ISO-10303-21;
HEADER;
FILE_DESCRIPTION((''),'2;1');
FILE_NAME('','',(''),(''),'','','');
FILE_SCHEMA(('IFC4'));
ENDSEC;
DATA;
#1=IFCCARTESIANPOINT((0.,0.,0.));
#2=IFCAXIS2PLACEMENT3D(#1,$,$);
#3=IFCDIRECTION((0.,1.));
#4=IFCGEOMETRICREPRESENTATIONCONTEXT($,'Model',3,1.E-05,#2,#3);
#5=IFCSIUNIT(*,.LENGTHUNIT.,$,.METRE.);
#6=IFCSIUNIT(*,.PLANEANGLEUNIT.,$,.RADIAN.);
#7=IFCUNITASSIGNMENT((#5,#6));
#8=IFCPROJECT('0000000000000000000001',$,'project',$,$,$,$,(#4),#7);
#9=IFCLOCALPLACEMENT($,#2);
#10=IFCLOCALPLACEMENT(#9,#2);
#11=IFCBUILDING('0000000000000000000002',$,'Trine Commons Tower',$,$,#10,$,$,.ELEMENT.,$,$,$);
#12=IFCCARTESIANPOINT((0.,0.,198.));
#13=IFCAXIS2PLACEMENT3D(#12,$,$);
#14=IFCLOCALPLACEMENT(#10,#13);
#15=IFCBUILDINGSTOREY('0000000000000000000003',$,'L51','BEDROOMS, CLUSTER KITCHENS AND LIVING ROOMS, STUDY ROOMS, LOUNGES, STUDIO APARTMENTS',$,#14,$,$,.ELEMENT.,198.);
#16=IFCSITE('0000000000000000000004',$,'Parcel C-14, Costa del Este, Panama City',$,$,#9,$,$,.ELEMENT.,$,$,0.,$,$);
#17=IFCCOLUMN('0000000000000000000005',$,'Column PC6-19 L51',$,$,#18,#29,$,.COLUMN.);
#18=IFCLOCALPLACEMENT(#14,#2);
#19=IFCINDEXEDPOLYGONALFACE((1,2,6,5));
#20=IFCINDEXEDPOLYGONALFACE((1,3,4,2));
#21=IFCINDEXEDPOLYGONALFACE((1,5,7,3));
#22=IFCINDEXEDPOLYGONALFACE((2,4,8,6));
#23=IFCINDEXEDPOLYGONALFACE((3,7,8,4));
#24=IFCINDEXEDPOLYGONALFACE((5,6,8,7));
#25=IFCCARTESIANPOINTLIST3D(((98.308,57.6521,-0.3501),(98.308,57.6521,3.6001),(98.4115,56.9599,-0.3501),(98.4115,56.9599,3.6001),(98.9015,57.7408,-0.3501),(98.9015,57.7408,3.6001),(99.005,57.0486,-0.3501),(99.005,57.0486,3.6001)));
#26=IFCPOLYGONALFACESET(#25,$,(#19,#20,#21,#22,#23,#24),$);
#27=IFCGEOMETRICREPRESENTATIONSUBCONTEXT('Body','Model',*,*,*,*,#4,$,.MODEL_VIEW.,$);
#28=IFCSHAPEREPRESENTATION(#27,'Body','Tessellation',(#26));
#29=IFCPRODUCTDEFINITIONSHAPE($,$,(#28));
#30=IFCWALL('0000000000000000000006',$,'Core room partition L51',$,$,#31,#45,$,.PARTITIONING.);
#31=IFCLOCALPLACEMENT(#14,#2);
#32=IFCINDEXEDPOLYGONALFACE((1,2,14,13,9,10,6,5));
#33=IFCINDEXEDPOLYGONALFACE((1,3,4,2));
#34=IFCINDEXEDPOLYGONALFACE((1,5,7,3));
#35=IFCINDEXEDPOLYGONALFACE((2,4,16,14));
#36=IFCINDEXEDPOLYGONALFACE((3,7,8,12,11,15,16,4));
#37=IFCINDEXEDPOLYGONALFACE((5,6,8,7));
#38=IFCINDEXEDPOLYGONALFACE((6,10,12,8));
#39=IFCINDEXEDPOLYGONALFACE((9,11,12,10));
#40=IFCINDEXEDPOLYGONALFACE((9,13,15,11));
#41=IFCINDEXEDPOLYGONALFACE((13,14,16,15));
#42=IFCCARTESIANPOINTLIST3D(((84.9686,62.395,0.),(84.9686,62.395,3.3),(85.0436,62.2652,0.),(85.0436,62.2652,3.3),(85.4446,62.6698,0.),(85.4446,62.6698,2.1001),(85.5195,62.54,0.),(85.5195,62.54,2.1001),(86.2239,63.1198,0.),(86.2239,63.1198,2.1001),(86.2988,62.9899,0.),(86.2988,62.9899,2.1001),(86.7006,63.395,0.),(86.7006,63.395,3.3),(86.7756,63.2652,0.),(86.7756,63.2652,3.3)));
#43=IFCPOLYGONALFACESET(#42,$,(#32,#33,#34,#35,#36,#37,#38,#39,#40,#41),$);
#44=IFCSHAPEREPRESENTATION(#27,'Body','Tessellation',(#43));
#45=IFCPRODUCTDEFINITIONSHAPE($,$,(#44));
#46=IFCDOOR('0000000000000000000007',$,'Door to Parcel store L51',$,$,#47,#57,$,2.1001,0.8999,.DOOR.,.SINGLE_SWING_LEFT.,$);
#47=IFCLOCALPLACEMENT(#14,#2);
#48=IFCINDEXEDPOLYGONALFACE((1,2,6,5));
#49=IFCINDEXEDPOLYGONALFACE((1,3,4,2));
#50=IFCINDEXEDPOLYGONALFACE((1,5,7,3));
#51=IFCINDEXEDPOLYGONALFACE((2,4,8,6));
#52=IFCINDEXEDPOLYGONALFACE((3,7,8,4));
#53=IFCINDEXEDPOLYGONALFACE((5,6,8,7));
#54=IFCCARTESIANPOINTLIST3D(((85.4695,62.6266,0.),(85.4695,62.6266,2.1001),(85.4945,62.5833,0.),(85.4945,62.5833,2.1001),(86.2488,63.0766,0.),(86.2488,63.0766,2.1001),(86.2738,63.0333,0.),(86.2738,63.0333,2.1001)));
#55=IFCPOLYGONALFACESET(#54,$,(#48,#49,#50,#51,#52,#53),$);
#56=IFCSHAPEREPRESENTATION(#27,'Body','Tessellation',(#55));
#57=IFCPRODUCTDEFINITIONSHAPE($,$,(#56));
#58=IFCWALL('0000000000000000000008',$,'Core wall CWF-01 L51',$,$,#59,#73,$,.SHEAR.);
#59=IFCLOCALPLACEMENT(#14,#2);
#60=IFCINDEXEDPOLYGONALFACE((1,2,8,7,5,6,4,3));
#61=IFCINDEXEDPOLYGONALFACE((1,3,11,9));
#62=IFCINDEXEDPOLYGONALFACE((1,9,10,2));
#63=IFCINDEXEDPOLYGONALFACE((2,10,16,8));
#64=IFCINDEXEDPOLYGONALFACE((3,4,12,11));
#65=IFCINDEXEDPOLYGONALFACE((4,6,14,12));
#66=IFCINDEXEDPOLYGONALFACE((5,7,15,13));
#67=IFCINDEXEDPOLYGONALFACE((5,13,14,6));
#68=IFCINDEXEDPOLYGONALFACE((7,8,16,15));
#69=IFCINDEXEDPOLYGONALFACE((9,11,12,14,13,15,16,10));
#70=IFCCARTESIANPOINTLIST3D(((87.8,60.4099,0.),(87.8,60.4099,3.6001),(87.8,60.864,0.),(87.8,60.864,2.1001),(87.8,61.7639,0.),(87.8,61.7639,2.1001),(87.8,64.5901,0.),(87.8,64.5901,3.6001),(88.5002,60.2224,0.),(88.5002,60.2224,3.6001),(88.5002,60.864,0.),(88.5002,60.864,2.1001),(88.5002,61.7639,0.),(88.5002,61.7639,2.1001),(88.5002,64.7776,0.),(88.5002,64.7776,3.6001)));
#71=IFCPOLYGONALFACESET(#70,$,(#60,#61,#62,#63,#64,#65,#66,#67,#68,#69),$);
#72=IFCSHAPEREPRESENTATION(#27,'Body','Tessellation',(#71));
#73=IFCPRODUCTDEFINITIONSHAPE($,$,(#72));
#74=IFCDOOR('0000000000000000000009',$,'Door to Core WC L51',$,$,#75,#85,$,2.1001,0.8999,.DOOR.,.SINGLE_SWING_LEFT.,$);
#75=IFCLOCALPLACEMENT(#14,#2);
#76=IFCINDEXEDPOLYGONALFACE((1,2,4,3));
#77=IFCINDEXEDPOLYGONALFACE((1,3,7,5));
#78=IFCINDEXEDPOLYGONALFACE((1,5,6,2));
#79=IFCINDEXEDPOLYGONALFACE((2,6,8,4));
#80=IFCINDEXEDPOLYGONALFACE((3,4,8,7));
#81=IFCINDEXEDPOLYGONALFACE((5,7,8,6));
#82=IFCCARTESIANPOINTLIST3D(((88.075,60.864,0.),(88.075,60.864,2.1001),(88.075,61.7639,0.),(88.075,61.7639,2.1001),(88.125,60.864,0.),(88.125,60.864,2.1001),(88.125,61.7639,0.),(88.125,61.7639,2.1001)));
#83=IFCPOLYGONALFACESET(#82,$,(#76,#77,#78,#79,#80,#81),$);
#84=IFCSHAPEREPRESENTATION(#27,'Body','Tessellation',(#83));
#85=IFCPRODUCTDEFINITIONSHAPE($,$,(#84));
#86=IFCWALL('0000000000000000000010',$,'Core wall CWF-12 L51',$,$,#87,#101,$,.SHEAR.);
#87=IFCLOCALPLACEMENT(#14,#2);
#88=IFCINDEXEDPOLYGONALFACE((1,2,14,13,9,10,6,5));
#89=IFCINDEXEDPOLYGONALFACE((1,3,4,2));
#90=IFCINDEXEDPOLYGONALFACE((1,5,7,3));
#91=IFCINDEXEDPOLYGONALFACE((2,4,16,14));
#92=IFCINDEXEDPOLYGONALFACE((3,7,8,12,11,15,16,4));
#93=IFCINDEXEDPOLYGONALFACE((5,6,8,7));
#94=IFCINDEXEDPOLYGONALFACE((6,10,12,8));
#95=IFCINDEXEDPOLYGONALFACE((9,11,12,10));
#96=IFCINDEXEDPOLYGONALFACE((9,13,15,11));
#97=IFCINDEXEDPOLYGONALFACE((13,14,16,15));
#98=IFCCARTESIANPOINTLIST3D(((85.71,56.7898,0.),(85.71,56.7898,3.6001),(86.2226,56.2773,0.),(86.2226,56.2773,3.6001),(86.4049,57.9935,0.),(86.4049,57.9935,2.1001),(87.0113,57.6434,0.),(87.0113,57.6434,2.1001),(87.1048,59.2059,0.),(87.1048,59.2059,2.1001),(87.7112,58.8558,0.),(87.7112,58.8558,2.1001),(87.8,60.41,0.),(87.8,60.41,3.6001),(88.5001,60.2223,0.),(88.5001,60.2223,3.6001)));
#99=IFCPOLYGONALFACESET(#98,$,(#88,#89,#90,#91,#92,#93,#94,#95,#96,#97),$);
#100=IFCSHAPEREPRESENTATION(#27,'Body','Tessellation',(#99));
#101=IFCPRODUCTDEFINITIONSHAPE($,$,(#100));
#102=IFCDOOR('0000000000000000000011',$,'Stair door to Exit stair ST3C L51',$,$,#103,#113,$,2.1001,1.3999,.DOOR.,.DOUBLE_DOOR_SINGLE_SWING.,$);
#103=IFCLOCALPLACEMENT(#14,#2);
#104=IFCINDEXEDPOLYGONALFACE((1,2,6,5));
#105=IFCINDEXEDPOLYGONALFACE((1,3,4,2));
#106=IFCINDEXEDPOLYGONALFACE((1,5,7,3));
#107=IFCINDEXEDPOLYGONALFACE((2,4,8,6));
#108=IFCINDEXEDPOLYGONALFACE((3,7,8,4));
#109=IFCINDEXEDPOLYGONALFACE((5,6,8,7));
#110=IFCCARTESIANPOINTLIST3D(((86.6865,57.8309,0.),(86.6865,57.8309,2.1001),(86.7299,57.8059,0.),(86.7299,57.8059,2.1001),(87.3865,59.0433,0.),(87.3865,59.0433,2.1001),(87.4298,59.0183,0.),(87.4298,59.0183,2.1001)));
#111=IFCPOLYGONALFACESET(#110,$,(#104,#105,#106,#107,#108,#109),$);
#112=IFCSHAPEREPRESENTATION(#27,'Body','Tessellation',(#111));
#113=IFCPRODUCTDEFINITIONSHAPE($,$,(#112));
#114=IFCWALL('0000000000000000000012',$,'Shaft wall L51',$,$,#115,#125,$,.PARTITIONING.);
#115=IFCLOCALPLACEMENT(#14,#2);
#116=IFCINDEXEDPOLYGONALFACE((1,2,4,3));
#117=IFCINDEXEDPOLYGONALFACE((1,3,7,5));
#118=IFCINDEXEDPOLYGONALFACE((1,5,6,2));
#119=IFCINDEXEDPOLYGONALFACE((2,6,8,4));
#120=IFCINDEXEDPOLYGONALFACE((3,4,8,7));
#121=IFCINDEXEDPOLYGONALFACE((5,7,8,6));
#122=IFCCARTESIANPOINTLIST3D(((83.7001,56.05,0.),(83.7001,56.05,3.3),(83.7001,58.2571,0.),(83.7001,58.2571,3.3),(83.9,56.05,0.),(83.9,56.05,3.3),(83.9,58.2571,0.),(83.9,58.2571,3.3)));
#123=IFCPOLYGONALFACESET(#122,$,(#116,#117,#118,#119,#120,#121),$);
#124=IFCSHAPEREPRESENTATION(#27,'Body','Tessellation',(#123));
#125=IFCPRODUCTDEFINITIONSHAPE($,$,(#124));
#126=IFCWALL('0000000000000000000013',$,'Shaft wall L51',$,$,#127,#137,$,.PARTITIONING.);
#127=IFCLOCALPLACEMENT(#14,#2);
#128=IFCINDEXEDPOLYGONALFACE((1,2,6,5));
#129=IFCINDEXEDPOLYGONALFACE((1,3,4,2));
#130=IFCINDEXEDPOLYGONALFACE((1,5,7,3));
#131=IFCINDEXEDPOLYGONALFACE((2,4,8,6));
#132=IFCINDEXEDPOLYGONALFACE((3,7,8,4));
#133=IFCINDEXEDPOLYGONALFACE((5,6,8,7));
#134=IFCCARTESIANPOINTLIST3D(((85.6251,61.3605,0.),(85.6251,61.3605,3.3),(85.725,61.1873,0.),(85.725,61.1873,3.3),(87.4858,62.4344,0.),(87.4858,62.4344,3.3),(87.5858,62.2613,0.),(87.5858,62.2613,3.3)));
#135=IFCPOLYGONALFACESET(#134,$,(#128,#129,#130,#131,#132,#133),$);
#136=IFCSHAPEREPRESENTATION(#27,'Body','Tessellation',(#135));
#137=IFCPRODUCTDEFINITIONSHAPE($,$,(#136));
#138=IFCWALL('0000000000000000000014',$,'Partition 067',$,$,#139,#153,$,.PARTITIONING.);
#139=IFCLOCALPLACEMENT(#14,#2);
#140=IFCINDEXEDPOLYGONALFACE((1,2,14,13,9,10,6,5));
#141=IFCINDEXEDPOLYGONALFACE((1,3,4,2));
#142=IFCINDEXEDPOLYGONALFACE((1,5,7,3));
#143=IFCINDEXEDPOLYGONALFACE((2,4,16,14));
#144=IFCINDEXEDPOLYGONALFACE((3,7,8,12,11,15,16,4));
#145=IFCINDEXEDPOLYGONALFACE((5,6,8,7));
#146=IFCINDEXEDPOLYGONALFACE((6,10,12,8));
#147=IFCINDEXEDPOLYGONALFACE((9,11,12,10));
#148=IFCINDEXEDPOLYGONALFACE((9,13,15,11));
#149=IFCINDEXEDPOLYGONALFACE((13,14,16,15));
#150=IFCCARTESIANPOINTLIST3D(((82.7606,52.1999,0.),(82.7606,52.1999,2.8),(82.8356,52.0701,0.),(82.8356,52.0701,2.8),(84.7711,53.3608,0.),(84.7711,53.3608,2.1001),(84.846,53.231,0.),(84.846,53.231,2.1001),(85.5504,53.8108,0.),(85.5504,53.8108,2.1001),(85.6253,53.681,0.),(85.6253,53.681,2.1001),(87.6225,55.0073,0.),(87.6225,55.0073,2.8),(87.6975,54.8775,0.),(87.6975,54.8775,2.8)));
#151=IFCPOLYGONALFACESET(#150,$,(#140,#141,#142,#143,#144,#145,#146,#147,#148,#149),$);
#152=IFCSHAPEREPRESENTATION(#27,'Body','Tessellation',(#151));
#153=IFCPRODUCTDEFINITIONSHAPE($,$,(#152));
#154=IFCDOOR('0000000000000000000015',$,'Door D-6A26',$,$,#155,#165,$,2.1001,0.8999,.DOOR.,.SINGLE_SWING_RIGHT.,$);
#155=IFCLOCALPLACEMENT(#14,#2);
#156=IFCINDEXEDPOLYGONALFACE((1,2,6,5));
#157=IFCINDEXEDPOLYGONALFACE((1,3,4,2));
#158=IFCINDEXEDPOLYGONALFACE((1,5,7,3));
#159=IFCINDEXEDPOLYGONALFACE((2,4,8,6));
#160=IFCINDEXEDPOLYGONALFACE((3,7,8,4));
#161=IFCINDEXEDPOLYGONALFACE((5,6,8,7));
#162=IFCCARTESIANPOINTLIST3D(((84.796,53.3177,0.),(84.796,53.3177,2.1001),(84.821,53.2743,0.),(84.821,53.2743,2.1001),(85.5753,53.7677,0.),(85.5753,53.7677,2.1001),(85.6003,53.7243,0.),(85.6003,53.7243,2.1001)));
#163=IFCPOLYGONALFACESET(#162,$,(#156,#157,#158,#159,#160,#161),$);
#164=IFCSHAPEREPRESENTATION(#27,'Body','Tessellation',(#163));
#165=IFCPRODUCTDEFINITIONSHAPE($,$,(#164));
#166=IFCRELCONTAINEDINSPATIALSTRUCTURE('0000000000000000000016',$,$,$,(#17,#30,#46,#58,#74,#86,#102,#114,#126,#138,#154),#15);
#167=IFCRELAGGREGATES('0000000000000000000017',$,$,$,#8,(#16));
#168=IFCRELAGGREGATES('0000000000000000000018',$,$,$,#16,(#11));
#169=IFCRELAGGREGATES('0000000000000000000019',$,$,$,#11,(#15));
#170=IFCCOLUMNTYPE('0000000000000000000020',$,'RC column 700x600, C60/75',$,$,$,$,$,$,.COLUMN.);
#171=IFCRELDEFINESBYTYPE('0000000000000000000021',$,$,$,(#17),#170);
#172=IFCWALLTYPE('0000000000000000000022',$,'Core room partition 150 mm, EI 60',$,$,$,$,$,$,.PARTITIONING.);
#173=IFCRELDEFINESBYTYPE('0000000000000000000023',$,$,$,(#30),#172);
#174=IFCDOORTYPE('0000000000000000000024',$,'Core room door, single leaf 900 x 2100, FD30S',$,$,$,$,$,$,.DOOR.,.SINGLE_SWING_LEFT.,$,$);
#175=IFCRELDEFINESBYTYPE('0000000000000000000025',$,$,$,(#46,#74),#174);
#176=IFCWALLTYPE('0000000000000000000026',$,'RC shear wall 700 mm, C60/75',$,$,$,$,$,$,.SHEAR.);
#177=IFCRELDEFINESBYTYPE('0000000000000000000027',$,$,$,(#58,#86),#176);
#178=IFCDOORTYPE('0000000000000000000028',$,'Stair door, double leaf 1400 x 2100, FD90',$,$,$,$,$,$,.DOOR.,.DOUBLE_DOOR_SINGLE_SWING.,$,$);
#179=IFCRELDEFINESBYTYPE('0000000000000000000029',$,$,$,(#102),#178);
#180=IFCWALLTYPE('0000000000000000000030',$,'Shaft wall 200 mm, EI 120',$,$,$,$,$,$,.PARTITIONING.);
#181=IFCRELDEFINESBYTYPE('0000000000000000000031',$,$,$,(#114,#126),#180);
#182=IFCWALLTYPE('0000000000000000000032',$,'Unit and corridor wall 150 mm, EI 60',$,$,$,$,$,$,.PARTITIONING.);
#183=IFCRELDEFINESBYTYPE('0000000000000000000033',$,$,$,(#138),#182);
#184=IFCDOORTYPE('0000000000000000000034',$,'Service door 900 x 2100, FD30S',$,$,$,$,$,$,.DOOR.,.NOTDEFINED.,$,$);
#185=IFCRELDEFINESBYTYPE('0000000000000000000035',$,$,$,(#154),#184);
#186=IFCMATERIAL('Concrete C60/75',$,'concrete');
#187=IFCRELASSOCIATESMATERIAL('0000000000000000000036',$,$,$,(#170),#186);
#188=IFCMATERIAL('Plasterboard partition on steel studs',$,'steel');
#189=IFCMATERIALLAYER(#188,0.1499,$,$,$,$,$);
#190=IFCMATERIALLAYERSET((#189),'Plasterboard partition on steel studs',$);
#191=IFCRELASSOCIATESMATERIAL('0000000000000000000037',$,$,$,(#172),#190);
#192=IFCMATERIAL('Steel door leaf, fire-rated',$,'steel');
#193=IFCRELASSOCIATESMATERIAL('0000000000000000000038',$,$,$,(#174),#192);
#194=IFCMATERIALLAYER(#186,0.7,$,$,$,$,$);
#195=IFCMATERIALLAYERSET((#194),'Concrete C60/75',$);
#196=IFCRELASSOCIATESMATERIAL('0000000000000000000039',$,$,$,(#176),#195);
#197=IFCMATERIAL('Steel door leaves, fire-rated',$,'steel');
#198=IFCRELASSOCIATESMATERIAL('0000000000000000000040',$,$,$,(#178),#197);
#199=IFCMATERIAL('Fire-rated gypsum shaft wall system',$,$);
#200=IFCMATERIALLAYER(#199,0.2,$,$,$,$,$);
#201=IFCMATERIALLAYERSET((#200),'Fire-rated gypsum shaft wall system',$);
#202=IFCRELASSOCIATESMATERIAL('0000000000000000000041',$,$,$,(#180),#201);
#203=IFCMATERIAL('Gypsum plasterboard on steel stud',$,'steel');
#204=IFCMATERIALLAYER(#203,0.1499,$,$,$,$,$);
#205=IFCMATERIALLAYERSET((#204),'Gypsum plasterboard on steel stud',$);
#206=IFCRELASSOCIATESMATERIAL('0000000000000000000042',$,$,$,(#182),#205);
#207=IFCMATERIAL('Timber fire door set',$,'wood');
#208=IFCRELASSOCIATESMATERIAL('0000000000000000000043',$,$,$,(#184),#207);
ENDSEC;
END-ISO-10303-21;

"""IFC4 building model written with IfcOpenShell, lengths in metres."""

from ifc_helpers import new_model, si_unit, direction, frame, frame_2d, origin, origin_2d, place, context, subcontext, project, spatial, polyline, rectangle, outline, extrude, material, layer, layer_set, material_profile, profile_set, type_object, element, fill, save


model = new_model("IFC4")

# Units and contexts
model_context = context("Model", 3, precision=1e-05, world=origin(), true_north=direction((0.0, 1.0)))
body_context = subcontext(model_context, "Body", "Model", "MODEL_VIEW")
ifc_project = project(units=[si_unit("LENGTHUNIT", "METRE"), si_unit("PLANEANGLEUNIT", "RADIAN")], contexts=[model_context])

# Site, building, storey
site_placement = place(None, origin())
site = spatial("IfcSite", under=ifc_project, at=site_placement, Name="Parcel C-14, Costa del Este, Panama City", CompositionType="ELEMENT", RefElevation=0.0)
building_placement = place(site_placement, origin())
building = spatial("IfcBuilding", under=site, at=building_placement, Name="Trine Commons Tower", CompositionType="ELEMENT")
storey_placement = place(building_placement, frame((0.0, 0.0, 198.0)))
storey = spatial("IfcBuildingStorey", under=building, at=storey_placement, Name="L51", Description="BEDROOMS, CLUSTER KITCHENS AND LIVING ROOMS, STUDY ROOMS, LOUNGES, STUDIO APARTMENTS", CompositionType="ELEMENT", Elevation=198.0)

# Column
ifc_material_1 = material(Name="Concrete C60/75", Category="concrete")
ifc_material_profile = material_profile(ifc_material_1, rectangle(XDim=0.7, YDim=0.6001, at=origin_2d()), Name="RC 700x600")
ifc_profile_set = profile_set([ifc_material_profile], Name="Concrete C60/75")
column_type = type_object("IfcColumnType", Name="RC column 700x600, C60/75", PredefinedType="COLUMN", material=ifc_profile_set)
column_placement = place(storey_placement, frame((98.6565, 57.3503, -0.3501), z_axis=(0.0, 0.0, 1.0), x_axis=(-0.147809, 0.989016, 0.0)))
element("IfcColumn", 1, at=column_placement, inside=storey, type_object=column_type, Name="Column PC6-19 L51", PredefinedType="COLUMN", context=body_context, shape_type="SweptSolid", body=[
    extrude(rectangle(XDim=0.7, YDim=0.6001, at=origin_2d()), origin(), (0.0, 0.0, 1.0), 3.9502),
])

# Walls, openings, doors
ifc_material_2 = material(Name="Plasterboard partition on steel studs", Category="steel")
ifc_layer_1 = layer(ifc_material_2, 0.1499)
ifc_layer_set_1 = layer_set([ifc_layer_1], Name="Plasterboard partition on steel studs")
wall_type_1 = type_object("IfcWallType", Name="Core room partition 150 mm, EI 60", PredefinedType="PARTITIONING", material=ifc_layer_set_1)
wall_1_placement = place(storey_placement, frame((85.0061, 62.3301, 0.0), z_axis=(0.0, 0.0, 1.0), x_axis=(0.866011, 0.500025, 0.0)))
wall_1 = element("IfcWall", 2, at=wall_1_placement, inside=storey, type_object=wall_type_1, Name="Core room partition L51", PredefinedType="PARTITIONING", context=body_context, shape_type="SweptSolid", body=[
    extrude(rectangle(XDim=2.0, YDim=0.1499, at=frame_2d((1.0, 0.0))), origin(), (0.0, 0.0, 1.0), 3.3),
])
opening_1_placement = place(wall_1_placement, frame((0.5496, 0.0, 0.0)))
opening_1 = element("IfcOpeningElement", 3, at=opening_1_placement, cuts=wall_1, PredefinedType="OPENING", context=body_context, shape_type="SweptSolid", body=[
    extrude(rectangle(XDim=0.8999, YDim=2.1001, at=frame_2d((0.45, 1.05))), frame((0.0, 0.085, 0.0), z_axis=(0.0, -1.0, 0.0), x_axis=(1.0, 0.0, 0.0)), (0.0, 0.0, 1.0), 0.1699),
])
ifc_material_3 = material(Name="Steel door leaf, fire-rated", Category="steel")
door_type_1 = type_object("IfcDoorType", Name="Core room door, single leaf 900 x 2100, FD30S", OperationType="SINGLE_SWING_LEFT", PredefinedType="DOOR", material=ifc_material_3)
door_1_placement = place(opening_1_placement, frame((0.8999, 0.0, 0.0), z_axis=(0.0, 0.0, 1.0), x_axis=(-1.0, 0.0, 0.0)))
door_1 = element("IfcDoor", 4, at=door_1_placement, inside=storey, type_object=door_type_1, Name="Door to Parcel store L51", OperationType="SINGLE_SWING_LEFT", OverallHeight=2.1001, OverallWidth=0.8999, PredefinedType="DOOR", context=body_context, shape_type="SweptSolid", body=[
    extrude(rectangle(XDim=0.8999, YDim=2.1001, at=frame_2d((0.45, 1.05))), frame((0.0, 0.0249, 0.0), z_axis=(0.0, -1.0, 0.0), x_axis=(1.0, 0.0, 0.0)), (0.0, 0.0, 1.0), 0.05),
])
fill(opening_1, door_1)
ifc_layer_2 = layer(ifc_material_1, 0.7)
ifc_layer_set_2 = layer_set([ifc_layer_2], Name="Concrete C60/75")
wall_type_2 = type_object("IfcWallType", Name="RC shear wall 700 mm, C60/75", PredefinedType="SHEAR", material=ifc_layer_set_2)
wall_2_placement = place(storey_placement, frame((88.1501, 60.2224, 0.0), z_axis=(0.0, 0.0, 1.0), x_axis=(0.0, 1.0, 0.0)))
wall_2 = element("IfcWall", 5, at=wall_2_placement, inside=storey, type_object=wall_type_2, Name="Core wall CWF-01 L51", PredefinedType="SHEAR", context=body_context, shape_type="SweptSolid", body=[
    extrude(outline(polyline([(0.0, -0.3501), (4.5552, -0.3501), (4.3677, 0.3501), (0.1875, 0.3501), (0.0, -0.3501)])), origin(), (0.0, 0.0, 1.0), 3.6001),
])
opening_2_placement = place(wall_2_placement, frame((0.6416, 0.0, 0.0)))
opening_2 = element("IfcOpeningElement", 6, at=opening_2_placement, cuts=wall_2, PredefinedType="OPENING", context=body_context, shape_type="SweptSolid", body=[
    extrude(rectangle(XDim=0.8999, YDim=2.1001, at=frame_2d((0.45, 1.05))), frame((0.0, 0.3599, 0.0), z_axis=(0.0, -1.0, 0.0), x_axis=(1.0, 0.0, 0.0)), (0.0, 0.0, 1.0), 0.72),
])
door_2_placement = place(opening_2_placement, origin())
door_2 = element("IfcDoor", 7, at=door_2_placement, inside=storey, type_object=door_type_1, Name="Door to Core WC L51", OperationType="SINGLE_SWING_LEFT", OverallHeight=2.1001, OverallWidth=0.8999, PredefinedType="DOOR", context=body_context, shape_type="SweptSolid", body=[
    extrude(rectangle(XDim=0.8999, YDim=2.1001, at=frame_2d((0.45, 1.05))), frame((0.0, 0.0752, 0.0), z_axis=(0.0, -1.0, 0.0), x_axis=(1.0, 0.0, 0.0)), (0.0, 0.0, 1.0), 0.05),
])
fill(opening_2, door_2)
wall_3_placement = place(storey_placement, frame((85.9194, 56.4524, 0.0), z_axis=(0.0, 0.0, 1.0), x_axis=(0.499984, 0.866035, 0.0)))
wall_3 = element("IfcWall", 8, at=wall_3_placement, inside=storey, type_object=wall_type_2, Name="Core wall CWF-12 L51", PredefinedType="SHEAR", context=body_context, shape_type="SweptSolid", body=[
    extrude(outline(polyline([(0.0, -0.3501), (4.5552, -0.3501), (4.3677, 0.3501), (0.1875, 0.3501), (0.0, -0.3501)])), origin(), (0.0, 0.0, 1.0), 3.6001),
])
opening_3_placement = place(wall_3_placement, frame((1.5774, 0.0, 0.0)))
opening_3 = element("IfcOpeningElement", 9, at=opening_3_placement, cuts=wall_3, PredefinedType="OPENING", context=body_context, shape_type="SweptSolid", body=[
    extrude(rectangle(XDim=1.3999, YDim=2.1001, at=frame_2d((0.7, 1.05))), frame((0.0, 0.3599, 0.0), z_axis=(0.0, -1.0, 0.0), x_axis=(1.0, 0.0, 0.0)), (0.0, 0.0, 1.0), 0.72),
])
ifc_material_4 = material(Name="Steel door leaves, fire-rated", Category="steel")
door_type_2 = type_object("IfcDoorType", Name="Stair door, double leaf 1400 x 2100, FD90", OperationType="DOUBLE_DOOR_SINGLE_SWING", PredefinedType="DOOR", material=ifc_material_4)
door_3_placement = place(opening_3_placement, origin())
door_3 = element("IfcDoor", 10, at=door_3_placement, inside=storey, type_object=door_type_2, Name="Stair door to Exit stair ST3C L51", OperationType="DOUBLE_DOOR_SINGLE_SWING", OverallHeight=2.1001, OverallWidth=1.3999, PredefinedType="DOOR", context=body_context, shape_type="SweptSolid", body=[
    extrude(rectangle(XDim=1.3999, YDim=2.1001, at=frame_2d((0.7, 1.05))), frame((0.0, 0.0249, 0.0), z_axis=(0.0, -1.0, 0.0), x_axis=(1.0, 0.0, 0.0)), (0.0, 0.0, 1.0), 0.05),
])
fill(opening_3, door_3)

# Walls
ifc_material_5 = material(Name="Fire-rated gypsum shaft wall system")
ifc_layer_3 = layer(ifc_material_5, 0.2)
ifc_layer_set_3 = layer_set([ifc_layer_3], Name="Fire-rated gypsum shaft wall system")
wall_type_3 = type_object("IfcWallType", Name="Shaft wall 200 mm, EI 120", PredefinedType="PARTITIONING", material=ifc_layer_set_3)
wall_4_placement = place(storey_placement, frame((83.8, 58.2571, 0.0), z_axis=(0.0, 0.0, 1.0), x_axis=(0.0, -1.0, 0.0)))
element("IfcWall", 11, at=wall_4_placement, inside=storey, type_object=wall_type_3, Name="Shaft wall L51", PredefinedType="PARTITIONING", context=body_context, shape_type="SweptSolid", body=[
    extrude(rectangle(XDim=2.207, YDim=0.2, at=frame_2d((1.1035, 0.0))), origin(), (0.0, 0.0, 1.0), 3.3),
])
wall_5_placement = place(storey_placement, frame((85.675, 61.2739, 0.0), z_axis=(0.0, 0.0, 1.0), x_axis=(0.866102, 0.499867, 0.0)))
element("IfcWall", 12, at=wall_5_placement, inside=storey, type_object=wall_type_3, Name="Shaft wall L51", PredefinedType="PARTITIONING", context=body_context, shape_type="SweptSolid", body=[
    extrude(rectangle(XDim=2.1484, YDim=0.2, at=frame_2d((1.0742, 0.0))), origin(), (0.0, 0.0, 1.0), 3.3),
])

# Wall, opening, door
ifc_material_6 = material(Name="Gypsum plasterboard on steel stud", Category="steel")
ifc_layer_4 = layer(ifc_material_6, 0.1499)
ifc_layer_set_4 = layer_set([ifc_layer_4], Name="Gypsum plasterboard on steel stud")
wall_type_4 = type_object("IfcWallType", Name="Unit and corridor wall 150 mm, EI 60", PredefinedType="PARTITIONING", material=ifc_layer_set_4)
wall_6_placement = place(storey_placement, frame((82.7981, 52.135, 0.0), z_axis=(0.0, 0.0, 1.0), x_axis=(0.865994, 0.500054, 0.0)))
wall_6 = element("IfcWall", 13, at=wall_6_placement, inside=storey, type_object=wall_type_4, Name="Partition 067", PredefinedType="PARTITIONING", context=body_context, shape_type="SweptSolid", body=[
    extrude(rectangle(XDim=5.6143, YDim=0.1499, at=frame_2d((2.8071, 0.0))), origin(), (0.0, 0.0, 1.0), 2.8),
])
opening_4_placement = place(wall_6_placement, frame((2.3215, 0.0, 0.0)))
opening_4 = element("IfcOpeningElement", 14, at=opening_4_placement, cuts=wall_6, PredefinedType="OPENING", context=body_context, shape_type="SweptSolid", body=[
    extrude(rectangle(XDim=0.8999, YDim=2.1001, at=frame_2d((0.45, 1.05))), frame((0.0, 0.085, 0.0), z_axis=(0.0, -1.0, 0.0), x_axis=(1.0, 0.0, 0.0)), (0.0, 0.0, 1.0), 0.1699),
])
ifc_material_7 = material(Name="Timber fire door set", Category="wood")
door_type_3 = type_object("IfcDoorType", Name="Service door 900 x 2100, FD30S", OperationType="NOTDEFINED", PredefinedType="DOOR", material=ifc_material_7)
door_4_placement = place(opening_4_placement, frame((0.8999, 0.0, 0.0), z_axis=(0.0, 0.0, 1.0), x_axis=(-1.0, 0.0, 0.0)))
door_4 = element("IfcDoor", 15, at=door_4_placement, inside=storey, type_object=door_type_3, Name="Door D-6A26", OperationType="SINGLE_SWING_RIGHT", OverallHeight=2.1001, OverallWidth=0.8999, PredefinedType="DOOR", context=body_context, shape_type="SweptSolid", body=[
    extrude(rectangle(XDim=0.8999, YDim=2.1001, at=frame_2d((0.45, 1.05))), frame((0.0, 0.0249, 0.0), z_axis=(0.0, -1.0, 0.0), x_axis=(1.0, 0.0, 0.0)), (0.0, 0.0, 1.0), 0.05),
])
fill(opening_4, door_4)

save(model, "model.ifc")
